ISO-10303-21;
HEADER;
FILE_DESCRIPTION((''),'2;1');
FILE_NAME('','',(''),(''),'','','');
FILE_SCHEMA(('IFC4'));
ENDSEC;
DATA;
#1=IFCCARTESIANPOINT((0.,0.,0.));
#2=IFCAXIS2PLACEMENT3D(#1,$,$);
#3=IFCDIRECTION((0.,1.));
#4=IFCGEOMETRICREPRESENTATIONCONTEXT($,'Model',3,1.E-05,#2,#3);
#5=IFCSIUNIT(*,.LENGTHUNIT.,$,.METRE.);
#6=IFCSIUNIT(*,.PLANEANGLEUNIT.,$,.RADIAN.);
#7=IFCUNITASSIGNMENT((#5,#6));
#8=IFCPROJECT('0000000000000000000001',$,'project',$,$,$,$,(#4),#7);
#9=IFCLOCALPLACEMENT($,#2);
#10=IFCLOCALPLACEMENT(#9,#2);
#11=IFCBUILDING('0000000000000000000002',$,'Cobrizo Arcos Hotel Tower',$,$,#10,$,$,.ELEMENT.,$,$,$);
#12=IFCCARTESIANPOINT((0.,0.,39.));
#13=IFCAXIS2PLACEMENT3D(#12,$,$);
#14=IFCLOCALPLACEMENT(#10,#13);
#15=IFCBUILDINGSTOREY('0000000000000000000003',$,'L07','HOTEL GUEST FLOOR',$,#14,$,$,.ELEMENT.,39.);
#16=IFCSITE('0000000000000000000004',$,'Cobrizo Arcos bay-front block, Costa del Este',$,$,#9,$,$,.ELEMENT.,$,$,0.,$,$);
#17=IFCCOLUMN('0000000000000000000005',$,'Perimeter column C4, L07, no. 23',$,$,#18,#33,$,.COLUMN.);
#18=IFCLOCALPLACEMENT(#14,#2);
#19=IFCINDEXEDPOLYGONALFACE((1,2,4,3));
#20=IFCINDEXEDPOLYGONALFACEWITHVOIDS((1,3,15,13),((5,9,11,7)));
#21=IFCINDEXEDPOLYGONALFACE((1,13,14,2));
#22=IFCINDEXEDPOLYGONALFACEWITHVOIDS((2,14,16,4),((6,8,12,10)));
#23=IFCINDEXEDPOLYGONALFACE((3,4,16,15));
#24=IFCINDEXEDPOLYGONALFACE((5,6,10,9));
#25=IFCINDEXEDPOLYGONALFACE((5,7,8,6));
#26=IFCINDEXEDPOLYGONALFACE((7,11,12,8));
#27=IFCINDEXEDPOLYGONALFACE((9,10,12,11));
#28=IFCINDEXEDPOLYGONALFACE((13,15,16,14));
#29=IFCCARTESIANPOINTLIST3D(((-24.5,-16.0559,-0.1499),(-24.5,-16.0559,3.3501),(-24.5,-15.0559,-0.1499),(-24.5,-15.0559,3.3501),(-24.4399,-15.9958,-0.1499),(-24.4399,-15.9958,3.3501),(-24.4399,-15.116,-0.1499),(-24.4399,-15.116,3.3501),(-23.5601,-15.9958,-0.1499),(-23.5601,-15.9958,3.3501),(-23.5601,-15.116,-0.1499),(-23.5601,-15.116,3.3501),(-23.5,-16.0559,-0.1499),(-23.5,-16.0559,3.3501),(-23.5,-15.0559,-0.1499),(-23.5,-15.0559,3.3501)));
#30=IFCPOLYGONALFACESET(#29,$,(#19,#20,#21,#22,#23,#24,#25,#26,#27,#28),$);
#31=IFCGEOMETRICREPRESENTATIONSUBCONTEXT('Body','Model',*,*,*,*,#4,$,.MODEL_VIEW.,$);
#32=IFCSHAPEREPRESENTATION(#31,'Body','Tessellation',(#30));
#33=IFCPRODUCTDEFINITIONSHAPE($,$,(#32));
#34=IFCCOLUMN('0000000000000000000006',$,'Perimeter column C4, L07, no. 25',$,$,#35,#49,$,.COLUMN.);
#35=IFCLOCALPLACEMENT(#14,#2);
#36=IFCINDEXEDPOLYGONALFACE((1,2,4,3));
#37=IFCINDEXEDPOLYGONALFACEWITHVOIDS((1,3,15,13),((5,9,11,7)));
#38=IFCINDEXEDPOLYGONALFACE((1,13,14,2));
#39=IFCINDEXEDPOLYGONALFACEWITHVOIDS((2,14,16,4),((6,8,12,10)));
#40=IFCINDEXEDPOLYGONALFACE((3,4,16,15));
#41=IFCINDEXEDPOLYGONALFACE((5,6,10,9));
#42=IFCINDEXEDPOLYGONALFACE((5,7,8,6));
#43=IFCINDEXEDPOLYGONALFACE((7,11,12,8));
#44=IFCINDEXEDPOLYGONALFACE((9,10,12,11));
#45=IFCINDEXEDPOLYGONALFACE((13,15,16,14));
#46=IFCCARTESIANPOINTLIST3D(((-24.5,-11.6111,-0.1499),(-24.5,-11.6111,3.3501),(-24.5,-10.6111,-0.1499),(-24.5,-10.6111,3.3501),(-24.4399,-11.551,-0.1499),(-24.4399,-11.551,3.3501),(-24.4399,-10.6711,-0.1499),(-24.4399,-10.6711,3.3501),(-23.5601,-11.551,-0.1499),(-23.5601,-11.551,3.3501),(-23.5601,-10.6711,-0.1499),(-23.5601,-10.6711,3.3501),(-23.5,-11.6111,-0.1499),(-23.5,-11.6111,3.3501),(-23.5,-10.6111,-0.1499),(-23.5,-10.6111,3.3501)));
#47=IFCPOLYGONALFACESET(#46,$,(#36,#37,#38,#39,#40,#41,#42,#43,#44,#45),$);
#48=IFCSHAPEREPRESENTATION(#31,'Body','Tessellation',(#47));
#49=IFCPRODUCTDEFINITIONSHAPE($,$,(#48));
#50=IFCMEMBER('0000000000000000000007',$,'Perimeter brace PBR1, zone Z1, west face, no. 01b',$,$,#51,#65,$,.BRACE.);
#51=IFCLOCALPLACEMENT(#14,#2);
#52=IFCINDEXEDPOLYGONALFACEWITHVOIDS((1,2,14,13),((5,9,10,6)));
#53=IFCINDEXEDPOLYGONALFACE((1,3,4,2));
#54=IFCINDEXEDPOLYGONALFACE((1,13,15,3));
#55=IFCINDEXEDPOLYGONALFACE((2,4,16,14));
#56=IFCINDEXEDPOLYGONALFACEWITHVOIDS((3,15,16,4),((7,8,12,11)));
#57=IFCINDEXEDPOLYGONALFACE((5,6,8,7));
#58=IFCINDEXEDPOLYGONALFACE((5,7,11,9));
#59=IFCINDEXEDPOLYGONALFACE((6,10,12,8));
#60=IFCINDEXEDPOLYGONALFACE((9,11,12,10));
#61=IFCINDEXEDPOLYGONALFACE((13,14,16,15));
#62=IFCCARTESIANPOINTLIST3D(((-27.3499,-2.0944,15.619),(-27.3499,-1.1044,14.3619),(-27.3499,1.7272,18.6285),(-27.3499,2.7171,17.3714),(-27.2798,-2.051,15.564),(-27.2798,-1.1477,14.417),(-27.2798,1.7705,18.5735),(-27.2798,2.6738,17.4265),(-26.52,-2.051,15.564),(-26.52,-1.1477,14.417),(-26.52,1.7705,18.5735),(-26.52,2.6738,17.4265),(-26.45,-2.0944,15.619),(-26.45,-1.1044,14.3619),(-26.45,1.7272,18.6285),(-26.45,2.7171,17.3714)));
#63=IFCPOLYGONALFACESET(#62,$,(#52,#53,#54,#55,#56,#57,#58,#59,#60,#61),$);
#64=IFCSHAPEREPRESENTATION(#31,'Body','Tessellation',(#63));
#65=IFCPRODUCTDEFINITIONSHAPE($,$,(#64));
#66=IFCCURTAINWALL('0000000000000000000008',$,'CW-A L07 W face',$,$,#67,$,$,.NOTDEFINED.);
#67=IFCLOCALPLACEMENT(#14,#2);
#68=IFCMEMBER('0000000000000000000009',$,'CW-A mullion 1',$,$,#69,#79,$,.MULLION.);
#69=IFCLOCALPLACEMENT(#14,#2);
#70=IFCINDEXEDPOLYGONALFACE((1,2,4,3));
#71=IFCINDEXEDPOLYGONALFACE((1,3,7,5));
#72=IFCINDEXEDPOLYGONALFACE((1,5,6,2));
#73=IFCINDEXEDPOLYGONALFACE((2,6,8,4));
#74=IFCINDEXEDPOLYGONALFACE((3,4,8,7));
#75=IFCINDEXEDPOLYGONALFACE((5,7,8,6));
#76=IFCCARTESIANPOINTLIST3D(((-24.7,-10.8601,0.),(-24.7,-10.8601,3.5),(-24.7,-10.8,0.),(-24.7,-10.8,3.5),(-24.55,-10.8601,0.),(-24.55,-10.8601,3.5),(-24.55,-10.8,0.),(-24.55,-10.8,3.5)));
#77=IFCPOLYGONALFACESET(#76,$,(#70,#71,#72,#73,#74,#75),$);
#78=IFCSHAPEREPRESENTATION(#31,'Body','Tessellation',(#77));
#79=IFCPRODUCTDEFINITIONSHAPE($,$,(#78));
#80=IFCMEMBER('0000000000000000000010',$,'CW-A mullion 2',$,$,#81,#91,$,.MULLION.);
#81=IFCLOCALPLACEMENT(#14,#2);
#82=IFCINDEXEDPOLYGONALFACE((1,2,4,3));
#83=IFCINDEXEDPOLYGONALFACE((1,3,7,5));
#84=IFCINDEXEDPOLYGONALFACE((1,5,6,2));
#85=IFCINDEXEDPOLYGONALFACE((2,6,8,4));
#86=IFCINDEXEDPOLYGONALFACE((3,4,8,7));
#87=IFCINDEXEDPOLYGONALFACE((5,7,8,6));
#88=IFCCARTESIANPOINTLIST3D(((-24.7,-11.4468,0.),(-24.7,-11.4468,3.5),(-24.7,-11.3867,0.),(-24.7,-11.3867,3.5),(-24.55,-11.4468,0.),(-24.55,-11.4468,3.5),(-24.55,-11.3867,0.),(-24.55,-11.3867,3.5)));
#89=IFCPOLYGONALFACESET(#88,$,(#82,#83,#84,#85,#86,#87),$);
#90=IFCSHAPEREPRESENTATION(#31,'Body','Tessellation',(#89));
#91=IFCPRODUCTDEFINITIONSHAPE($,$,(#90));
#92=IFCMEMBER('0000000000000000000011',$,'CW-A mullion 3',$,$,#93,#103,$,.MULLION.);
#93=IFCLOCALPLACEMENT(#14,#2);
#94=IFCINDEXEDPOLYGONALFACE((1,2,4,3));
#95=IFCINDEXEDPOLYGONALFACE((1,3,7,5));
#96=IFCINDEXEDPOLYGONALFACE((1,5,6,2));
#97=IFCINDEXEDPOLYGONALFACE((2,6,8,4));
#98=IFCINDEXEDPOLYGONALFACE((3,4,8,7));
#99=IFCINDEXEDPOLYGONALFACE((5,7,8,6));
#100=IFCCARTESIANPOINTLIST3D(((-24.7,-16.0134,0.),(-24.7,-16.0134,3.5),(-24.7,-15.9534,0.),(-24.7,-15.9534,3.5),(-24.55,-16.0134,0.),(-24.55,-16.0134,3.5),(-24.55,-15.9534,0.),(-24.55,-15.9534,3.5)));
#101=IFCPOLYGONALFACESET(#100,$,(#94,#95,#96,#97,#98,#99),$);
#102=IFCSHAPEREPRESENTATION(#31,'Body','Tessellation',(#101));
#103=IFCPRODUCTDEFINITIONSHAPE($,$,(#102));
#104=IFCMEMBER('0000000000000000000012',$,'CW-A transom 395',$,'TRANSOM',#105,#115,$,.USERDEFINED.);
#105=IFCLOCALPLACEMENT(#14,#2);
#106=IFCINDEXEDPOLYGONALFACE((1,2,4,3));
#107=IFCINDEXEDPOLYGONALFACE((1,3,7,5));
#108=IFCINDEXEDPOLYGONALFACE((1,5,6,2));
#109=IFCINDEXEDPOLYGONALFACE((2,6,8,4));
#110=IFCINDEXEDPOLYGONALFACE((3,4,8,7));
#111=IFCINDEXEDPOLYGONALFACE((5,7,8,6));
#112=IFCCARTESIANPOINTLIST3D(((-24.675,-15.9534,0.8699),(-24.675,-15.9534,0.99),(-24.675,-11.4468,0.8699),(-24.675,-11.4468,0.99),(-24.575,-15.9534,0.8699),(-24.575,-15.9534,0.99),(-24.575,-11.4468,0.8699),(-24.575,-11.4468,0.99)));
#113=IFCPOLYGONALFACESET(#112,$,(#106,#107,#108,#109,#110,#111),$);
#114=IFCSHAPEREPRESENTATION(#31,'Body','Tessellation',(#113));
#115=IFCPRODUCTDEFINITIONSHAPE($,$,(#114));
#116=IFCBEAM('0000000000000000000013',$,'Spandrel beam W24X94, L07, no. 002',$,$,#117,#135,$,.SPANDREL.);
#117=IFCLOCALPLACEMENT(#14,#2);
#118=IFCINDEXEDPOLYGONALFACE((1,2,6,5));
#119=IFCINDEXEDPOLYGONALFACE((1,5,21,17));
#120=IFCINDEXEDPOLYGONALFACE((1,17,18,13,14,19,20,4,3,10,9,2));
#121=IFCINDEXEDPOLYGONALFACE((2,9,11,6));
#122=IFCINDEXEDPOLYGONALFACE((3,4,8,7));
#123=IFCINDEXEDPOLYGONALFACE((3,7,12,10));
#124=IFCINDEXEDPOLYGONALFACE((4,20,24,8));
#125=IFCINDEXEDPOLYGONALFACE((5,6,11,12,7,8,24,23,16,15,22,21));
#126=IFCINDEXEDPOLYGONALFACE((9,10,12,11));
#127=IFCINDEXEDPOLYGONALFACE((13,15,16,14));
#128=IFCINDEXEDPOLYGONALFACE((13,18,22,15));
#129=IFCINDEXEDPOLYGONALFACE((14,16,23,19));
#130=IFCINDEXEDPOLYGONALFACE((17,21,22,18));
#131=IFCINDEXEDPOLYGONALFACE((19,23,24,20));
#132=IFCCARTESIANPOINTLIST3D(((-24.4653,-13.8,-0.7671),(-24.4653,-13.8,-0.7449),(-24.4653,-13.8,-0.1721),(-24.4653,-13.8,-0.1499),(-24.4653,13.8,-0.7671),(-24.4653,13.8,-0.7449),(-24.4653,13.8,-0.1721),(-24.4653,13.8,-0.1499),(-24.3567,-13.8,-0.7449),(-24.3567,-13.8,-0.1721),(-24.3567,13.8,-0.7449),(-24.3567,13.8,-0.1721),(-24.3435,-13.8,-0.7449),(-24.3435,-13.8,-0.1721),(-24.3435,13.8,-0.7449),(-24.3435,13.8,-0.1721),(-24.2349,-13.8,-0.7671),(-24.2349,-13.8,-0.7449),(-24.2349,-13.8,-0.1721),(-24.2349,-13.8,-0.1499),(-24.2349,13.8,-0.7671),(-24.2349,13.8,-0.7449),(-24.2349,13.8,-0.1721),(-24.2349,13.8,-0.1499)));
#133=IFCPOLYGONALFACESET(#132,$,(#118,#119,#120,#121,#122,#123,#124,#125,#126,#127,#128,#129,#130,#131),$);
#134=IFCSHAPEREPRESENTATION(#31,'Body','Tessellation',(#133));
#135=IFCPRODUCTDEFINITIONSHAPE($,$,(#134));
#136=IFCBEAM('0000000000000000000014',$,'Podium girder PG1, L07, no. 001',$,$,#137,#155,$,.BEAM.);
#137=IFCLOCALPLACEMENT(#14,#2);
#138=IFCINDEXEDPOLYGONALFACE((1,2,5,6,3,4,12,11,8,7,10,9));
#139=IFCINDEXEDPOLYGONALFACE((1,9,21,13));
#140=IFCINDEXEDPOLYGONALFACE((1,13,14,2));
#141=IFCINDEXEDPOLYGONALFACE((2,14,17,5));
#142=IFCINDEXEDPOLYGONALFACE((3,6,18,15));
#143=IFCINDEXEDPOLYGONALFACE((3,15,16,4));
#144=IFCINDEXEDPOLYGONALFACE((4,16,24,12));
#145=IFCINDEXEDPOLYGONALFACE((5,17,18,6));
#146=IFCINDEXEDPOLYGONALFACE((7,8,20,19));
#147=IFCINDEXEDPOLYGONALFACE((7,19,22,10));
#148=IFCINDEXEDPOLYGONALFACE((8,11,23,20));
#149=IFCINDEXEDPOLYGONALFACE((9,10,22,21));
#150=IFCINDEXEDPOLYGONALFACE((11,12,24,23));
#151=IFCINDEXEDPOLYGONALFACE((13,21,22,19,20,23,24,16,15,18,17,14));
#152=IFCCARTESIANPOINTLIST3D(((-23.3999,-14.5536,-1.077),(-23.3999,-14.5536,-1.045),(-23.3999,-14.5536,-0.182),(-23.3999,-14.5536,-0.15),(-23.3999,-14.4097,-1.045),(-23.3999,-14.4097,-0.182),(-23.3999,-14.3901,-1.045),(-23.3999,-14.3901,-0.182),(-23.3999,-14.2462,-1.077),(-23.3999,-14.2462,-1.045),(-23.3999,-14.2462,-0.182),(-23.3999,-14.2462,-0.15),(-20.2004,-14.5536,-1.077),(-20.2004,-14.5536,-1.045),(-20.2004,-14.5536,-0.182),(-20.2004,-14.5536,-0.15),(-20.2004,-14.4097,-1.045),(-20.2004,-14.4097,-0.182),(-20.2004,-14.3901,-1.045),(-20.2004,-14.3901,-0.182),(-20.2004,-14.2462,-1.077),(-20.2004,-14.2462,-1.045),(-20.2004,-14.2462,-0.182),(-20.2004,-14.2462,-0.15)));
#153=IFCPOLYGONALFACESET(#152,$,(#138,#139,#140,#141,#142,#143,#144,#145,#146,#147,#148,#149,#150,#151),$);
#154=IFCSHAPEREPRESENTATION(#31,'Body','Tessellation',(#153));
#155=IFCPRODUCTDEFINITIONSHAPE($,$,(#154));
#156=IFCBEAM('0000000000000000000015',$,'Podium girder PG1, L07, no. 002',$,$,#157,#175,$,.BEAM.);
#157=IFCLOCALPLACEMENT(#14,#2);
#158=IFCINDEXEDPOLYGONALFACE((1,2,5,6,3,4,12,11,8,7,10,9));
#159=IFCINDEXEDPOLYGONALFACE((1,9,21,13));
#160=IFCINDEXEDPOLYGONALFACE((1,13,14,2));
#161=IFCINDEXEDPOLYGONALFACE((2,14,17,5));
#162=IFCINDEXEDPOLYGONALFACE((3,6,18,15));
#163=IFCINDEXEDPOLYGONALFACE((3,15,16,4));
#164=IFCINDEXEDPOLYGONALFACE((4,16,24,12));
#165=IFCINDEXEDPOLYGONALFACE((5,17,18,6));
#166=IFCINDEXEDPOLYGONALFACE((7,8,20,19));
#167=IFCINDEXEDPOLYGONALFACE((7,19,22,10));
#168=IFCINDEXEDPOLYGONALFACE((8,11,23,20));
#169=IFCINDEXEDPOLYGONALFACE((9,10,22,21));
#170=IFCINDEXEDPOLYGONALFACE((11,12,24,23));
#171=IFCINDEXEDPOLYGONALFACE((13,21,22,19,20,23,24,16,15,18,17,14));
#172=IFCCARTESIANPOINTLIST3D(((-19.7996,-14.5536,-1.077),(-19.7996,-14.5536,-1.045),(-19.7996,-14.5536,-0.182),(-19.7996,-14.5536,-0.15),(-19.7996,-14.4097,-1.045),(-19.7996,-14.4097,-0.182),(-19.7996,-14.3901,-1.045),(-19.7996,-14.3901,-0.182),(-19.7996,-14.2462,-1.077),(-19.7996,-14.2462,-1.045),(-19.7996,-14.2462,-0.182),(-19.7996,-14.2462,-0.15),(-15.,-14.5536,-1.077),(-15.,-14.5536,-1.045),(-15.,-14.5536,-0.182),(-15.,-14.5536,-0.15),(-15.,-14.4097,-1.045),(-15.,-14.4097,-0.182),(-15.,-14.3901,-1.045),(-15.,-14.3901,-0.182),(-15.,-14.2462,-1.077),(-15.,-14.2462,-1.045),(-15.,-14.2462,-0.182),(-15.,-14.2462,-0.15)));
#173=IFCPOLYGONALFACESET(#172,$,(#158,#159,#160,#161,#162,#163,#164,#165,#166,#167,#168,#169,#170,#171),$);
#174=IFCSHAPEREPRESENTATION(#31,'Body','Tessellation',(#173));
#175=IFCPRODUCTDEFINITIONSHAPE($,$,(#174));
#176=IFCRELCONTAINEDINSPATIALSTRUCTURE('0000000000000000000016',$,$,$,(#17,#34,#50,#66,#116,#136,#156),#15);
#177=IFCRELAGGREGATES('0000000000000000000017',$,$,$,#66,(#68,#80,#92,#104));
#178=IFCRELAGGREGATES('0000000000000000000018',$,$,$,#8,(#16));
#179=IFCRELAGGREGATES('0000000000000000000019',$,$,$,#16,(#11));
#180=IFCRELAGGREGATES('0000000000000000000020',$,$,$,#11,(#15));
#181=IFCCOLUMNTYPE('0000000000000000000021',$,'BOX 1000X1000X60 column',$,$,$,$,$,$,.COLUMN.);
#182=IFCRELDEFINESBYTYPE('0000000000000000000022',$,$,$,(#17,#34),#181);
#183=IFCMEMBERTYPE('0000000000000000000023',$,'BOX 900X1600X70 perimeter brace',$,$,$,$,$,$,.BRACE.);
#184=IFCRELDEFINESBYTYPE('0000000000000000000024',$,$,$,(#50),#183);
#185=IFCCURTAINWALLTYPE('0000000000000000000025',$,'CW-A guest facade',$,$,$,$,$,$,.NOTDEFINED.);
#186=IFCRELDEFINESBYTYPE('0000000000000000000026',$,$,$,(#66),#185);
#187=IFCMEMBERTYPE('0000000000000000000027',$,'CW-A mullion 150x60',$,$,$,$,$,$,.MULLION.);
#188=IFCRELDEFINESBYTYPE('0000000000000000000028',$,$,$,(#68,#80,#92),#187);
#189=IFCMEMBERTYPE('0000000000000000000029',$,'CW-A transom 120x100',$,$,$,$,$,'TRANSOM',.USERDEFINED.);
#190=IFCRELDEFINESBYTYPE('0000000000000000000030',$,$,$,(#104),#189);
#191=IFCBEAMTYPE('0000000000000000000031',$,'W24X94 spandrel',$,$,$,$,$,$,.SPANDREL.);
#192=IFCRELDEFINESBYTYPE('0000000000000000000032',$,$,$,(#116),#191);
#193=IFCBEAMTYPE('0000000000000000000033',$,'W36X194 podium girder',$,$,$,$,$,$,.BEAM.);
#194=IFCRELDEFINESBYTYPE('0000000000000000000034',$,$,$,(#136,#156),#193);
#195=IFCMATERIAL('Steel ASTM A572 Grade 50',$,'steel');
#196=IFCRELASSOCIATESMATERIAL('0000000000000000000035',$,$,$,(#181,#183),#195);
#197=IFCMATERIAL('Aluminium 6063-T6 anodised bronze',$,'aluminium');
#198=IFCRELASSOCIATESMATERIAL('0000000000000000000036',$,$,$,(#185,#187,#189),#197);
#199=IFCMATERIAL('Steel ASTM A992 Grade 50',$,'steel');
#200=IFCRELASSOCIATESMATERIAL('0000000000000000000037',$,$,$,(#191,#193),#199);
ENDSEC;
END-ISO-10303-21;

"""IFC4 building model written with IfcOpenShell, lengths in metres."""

from ifc_helpers import new_model, si_unit, direction, frame, origin, origin_2d, place, context, subcontext, project, spatial, rectangle, hollow_rectangle, i_section, extrude, material, material_profile, profile_set, type_object, element, aggregate, save


model = new_model("IFC4")

# Units and contexts
model_context = context("Model", 3, precision=1e-05, world=origin(), true_north=direction((0.0, 1.0)))
body_context = subcontext(model_context, "Body", "Model", "MODEL_VIEW")
ifc_project = project(units=[si_unit("LENGTHUNIT", "METRE"), si_unit("PLANEANGLEUNIT", "RADIAN")], contexts=[model_context])

# Site, building, storey
site_placement = place(None, origin())
site = spatial("IfcSite", under=ifc_project, at=site_placement, Name="Cobrizo Arcos bay-front block, Costa del Este", CompositionType="ELEMENT", RefElevation=0.0)
building_placement = place(site_placement, origin())
building = spatial("IfcBuilding", under=site, at=building_placement, Name="Cobrizo Arcos Hotel Tower", CompositionType="ELEMENT")
storey_placement = place(building_placement, frame((0.0, 0.0, 39.0)))
storey = spatial("IfcBuildingStorey", under=building, at=storey_placement, Name="L07", Description="HOTEL GUEST FLOOR", CompositionType="ELEMENT", Elevation=39.0)

# Columns
ifc_material_1 = material(Name="Steel ASTM A572 Grade 50", Category="steel")
ifc_material_profile_1 = material_profile(ifc_material_1, hollow_rectangle(XDim=1.0, YDim=1.0, WallThickness=0.0601, at=origin_2d()), Name="BOX 1000X1000X60")
ifc_profile_set_1 = profile_set([ifc_material_profile_1], Name="Steel ASTM A572 Grade 50")
column_type = type_object("IfcColumnType", Name="BOX 1000X1000X60 column", PredefinedType="COLUMN", material=ifc_profile_set_1)
for number, where, z_axis, x_axis, name in (
    (1, (-24.0, -15.5559, -0.1499), (0.0, 0.0, 1.0), (1.0, 0.0, 0.0), "Perimeter column C4, L07, no. 23"),
    (2, (-24.0, -11.1111, -0.1499), (0.0, 0.0, 1.0), (1.0, 0.0, 0.0), "Perimeter column C4, L07, no. 25"),
):
    element("IfcColumn", number, at=place(storey_placement, frame(where, z_axis=z_axis, x_axis=x_axis)), inside=storey, type_object=column_type, Name=name, PredefinedType="COLUMN", context=body_context, shape_type="SweptSolid", body=[
        extrude(hollow_rectangle(XDim=1.0, YDim=1.0, WallThickness=0.0601, at=origin_2d()), origin(), (0.0, 0.0, 1.0), 3.5),
    ])

# Member
ifc_material_profile_2 = material_profile(ifc_material_1, hollow_rectangle(XDim=0.8999, YDim=1.6001, WallThickness=0.0701, at=origin_2d()), Name="BOX 900X1600X70")
ifc_profile_set_2 = profile_set([ifc_material_profile_2], Name="Steel ASTM A572 Grade 50")
member_type_1 = type_object("IfcMemberType", Name="BOX 900X1600X70 perimeter brace", PredefinedType="BRACE", material=ifc_profile_set_2)
member_1_placement = place(storey_placement, frame((-26.8999, -1.5994, 14.9905), z_axis=(0.0, 0.78563, 0.618697), x_axis=(-1.0, 0.0, 0.0)))
element("IfcMember", 3, at=member_1_placement, inside=storey, type_object=member_type_1, Name="Perimeter brace PBR1, zone Z1, west face, no. 01b", PredefinedType="BRACE", context=body_context, shape_type="SweptSolid", body=[
    extrude(hollow_rectangle(XDim=0.8999, YDim=1.6001, WallThickness=0.0701, at=origin_2d()), origin(), (0.0, 0.0, 1.0), 4.8643),
])

# Curtain wall, members
ifc_material_2 = material(Name="Aluminium 6063-T6 anodised bronze", Category="aluminium")
curtain_wall_type = type_object("IfcCurtainWallType", Name="CW-A guest facade", PredefinedType="NOTDEFINED", material=ifc_material_2)
curtain_wall_placement = place(storey_placement, origin())
curtain_wall = element("IfcCurtainWall", 4, at=curtain_wall_placement, inside=storey, type_object=curtain_wall_type, Name="CW-A L07 W face", PredefinedType="NOTDEFINED")
ifc_material_profile_3 = material_profile(ifc_material_2, rectangle(XDim=0.1499, YDim=0.0601, at=origin_2d()), Name="CW-A mullion 150x60")
ifc_profile_set_3 = profile_set([ifc_material_profile_3], Name="Aluminium 6063-T6 anodised bronze")
member_type_2 = type_object("IfcMemberType", Name="CW-A mullion 150x60", PredefinedType="MULLION", material=ifc_profile_set_3)
member_2_placement = place(storey_placement, frame((-24.625, -10.8301, 0.0), z_axis=(0.0, 0.0, 1.0), x_axis=(-1.0, 0.0, 0.0)))
member_2 = element("IfcMember", 5, at=member_2_placement, type_object=member_type_2, Name="CW-A mullion 1", PredefinedType="MULLION", context=body_context, shape_type="SweptSolid", body=[
    extrude(rectangle(XDim=0.1499, YDim=0.0601, at=origin_2d()), origin(), (0.0, 0.0, 1.0), 3.5),
])
member_3_placement = place(storey_placement, frame((-24.625, -11.4167, 0.0), z_axis=(0.0, 0.0, 1.0), x_axis=(-1.0, 0.0, 0.0)))
member_3 = element("IfcMember", 6, at=member_3_placement, type_object=member_type_2, Name="CW-A mullion 2", PredefinedType="MULLION", context=body_context, shape_type="SweptSolid", body=[
    extrude(rectangle(XDim=0.1499, YDim=0.0601, at=origin_2d()), origin(), (0.0, 0.0, 1.0), 3.5),
])
member_4_placement = place(storey_placement, frame((-24.625, -15.9834, 0.0), z_axis=(0.0, 0.0, 1.0), x_axis=(-1.0, 0.0, 0.0)))
member_4 = element("IfcMember", 7, at=member_4_placement, type_object=member_type_2, Name="CW-A mullion 3", PredefinedType="MULLION", context=body_context, shape_type="SweptSolid", body=[
    extrude(rectangle(XDim=0.1499, YDim=0.0601, at=origin_2d()), origin(), (0.0, 0.0, 1.0), 3.5),
])
ifc_material_profile_4 = material_profile(ifc_material_2, rectangle(XDim=0.1001, YDim=0.1201, at=origin_2d()), Name="CW-A transom 120x100")
ifc_profile_set_4 = profile_set([ifc_material_profile_4], Name="Aluminium 6063-T6 anodised bronze")
member_type_3 = type_object("IfcMemberType", Name="CW-A transom 120x100", ElementType="TRANSOM", PredefinedType="USERDEFINED", material=ifc_profile_set_4)
member_5_placement = place(storey_placement, frame((-24.625, -11.4468, 0.9299), z_axis=(0.0, -1.0, 0.0), x_axis=(1.0, 0.0, 0.0)))
member_5 = element("IfcMember", 8, at=member_5_placement, type_object=member_type_3, Name="CW-A transom 395", ObjectType="TRANSOM", PredefinedType="USERDEFINED", context=body_context, shape_type="SweptSolid", body=[
    extrude(rectangle(XDim=0.1001, YDim=0.1201, at=origin_2d()), origin(), (0.0, 0.0, 1.0), 4.5066),
])

# Beams
ifc_material_3 = material(Name="Steel ASTM A992 Grade 50", Category="steel")
ifc_material_profile_5 = material_profile(ifc_material_3, i_section(OverallWidth=0.2305, OverallDepth=0.6172, WebThickness=0.0132, FlangeThickness=0.0222, at=origin_2d()), Name="W24X94")
ifc_profile_set_5 = profile_set([ifc_material_profile_5], Name="Steel ASTM A992 Grade 50")
beam_type_1 = type_object("IfcBeamType", Name="W24X94 spandrel", PredefinedType="SPANDREL", material=ifc_profile_set_5)
beam_1_placement = place(storey_placement, frame((-24.3501, -13.8, -0.4585), z_axis=(0.0, 1.0, 0.0), x_axis=(-1.0, 0.0, 0.0)))
element("IfcBeam", 9, at=beam_1_placement, inside=storey, type_object=beam_type_1, Name="Spandrel beam W24X94, L07, no. 002", PredefinedType="SPANDREL", context=body_context, shape_type="SweptSolid", body=[
    extrude(i_section(OverallWidth=0.2305, OverallDepth=0.6172, WebThickness=0.0132, FlangeThickness=0.0222, at=origin_2d()), origin(), (0.0, 0.0, 1.0), 27.6001),
])
ifc_material_profile_6 = material_profile(ifc_material_3, i_section(OverallWidth=0.3074, OverallDepth=0.927, WebThickness=0.0195, FlangeThickness=0.032, at=origin_2d()), Name="W36X194")
ifc_profile_set_6 = profile_set([ifc_material_profile_6], Name="Steel ASTM A992 Grade 50")
beam_type_2 = type_object("IfcBeamType", Name="W36X194 podium girder", PredefinedType="BEAM", material=ifc_profile_set_6)
beam_2_placement = place(storey_placement, frame((-23.3999, -14.3999, -0.6135), z_axis=(1.0, 0.0, 0.0), x_axis=(0.0, 1.0, 0.0)))
element("IfcBeam", 10, at=beam_2_placement, inside=storey, type_object=beam_type_2, Name="Podium girder PG1, L07, no. 001", PredefinedType="BEAM", context=body_context, shape_type="SweptSolid", body=[
    extrude(i_section(OverallWidth=0.3074, OverallDepth=0.927, WebThickness=0.0195, FlangeThickness=0.032, at=origin_2d()), origin(), (0.0, 0.0, 1.0), 3.1995),
])
beam_3_placement = place(storey_placement, frame((-19.7996, -14.3999, -0.6135), z_axis=(1.0, 0.0, 0.0), x_axis=(0.0, 1.0, 0.0)))
element("IfcBeam", 11, at=beam_3_placement, inside=storey, type_object=beam_type_2, Name="Podium girder PG1, L07, no. 002", PredefinedType="BEAM", context=body_context, shape_type="SweptSolid", body=[
    extrude(i_section(OverallWidth=0.3074, OverallDepth=0.927, WebThickness=0.0195, FlangeThickness=0.032, at=origin_2d()), origin(), (0.0, 0.0, 1.0), 4.7996),
])

aggregate(curtain_wall, [member_2, member_3, member_4, member_5])

save(model, "model.ifc")
